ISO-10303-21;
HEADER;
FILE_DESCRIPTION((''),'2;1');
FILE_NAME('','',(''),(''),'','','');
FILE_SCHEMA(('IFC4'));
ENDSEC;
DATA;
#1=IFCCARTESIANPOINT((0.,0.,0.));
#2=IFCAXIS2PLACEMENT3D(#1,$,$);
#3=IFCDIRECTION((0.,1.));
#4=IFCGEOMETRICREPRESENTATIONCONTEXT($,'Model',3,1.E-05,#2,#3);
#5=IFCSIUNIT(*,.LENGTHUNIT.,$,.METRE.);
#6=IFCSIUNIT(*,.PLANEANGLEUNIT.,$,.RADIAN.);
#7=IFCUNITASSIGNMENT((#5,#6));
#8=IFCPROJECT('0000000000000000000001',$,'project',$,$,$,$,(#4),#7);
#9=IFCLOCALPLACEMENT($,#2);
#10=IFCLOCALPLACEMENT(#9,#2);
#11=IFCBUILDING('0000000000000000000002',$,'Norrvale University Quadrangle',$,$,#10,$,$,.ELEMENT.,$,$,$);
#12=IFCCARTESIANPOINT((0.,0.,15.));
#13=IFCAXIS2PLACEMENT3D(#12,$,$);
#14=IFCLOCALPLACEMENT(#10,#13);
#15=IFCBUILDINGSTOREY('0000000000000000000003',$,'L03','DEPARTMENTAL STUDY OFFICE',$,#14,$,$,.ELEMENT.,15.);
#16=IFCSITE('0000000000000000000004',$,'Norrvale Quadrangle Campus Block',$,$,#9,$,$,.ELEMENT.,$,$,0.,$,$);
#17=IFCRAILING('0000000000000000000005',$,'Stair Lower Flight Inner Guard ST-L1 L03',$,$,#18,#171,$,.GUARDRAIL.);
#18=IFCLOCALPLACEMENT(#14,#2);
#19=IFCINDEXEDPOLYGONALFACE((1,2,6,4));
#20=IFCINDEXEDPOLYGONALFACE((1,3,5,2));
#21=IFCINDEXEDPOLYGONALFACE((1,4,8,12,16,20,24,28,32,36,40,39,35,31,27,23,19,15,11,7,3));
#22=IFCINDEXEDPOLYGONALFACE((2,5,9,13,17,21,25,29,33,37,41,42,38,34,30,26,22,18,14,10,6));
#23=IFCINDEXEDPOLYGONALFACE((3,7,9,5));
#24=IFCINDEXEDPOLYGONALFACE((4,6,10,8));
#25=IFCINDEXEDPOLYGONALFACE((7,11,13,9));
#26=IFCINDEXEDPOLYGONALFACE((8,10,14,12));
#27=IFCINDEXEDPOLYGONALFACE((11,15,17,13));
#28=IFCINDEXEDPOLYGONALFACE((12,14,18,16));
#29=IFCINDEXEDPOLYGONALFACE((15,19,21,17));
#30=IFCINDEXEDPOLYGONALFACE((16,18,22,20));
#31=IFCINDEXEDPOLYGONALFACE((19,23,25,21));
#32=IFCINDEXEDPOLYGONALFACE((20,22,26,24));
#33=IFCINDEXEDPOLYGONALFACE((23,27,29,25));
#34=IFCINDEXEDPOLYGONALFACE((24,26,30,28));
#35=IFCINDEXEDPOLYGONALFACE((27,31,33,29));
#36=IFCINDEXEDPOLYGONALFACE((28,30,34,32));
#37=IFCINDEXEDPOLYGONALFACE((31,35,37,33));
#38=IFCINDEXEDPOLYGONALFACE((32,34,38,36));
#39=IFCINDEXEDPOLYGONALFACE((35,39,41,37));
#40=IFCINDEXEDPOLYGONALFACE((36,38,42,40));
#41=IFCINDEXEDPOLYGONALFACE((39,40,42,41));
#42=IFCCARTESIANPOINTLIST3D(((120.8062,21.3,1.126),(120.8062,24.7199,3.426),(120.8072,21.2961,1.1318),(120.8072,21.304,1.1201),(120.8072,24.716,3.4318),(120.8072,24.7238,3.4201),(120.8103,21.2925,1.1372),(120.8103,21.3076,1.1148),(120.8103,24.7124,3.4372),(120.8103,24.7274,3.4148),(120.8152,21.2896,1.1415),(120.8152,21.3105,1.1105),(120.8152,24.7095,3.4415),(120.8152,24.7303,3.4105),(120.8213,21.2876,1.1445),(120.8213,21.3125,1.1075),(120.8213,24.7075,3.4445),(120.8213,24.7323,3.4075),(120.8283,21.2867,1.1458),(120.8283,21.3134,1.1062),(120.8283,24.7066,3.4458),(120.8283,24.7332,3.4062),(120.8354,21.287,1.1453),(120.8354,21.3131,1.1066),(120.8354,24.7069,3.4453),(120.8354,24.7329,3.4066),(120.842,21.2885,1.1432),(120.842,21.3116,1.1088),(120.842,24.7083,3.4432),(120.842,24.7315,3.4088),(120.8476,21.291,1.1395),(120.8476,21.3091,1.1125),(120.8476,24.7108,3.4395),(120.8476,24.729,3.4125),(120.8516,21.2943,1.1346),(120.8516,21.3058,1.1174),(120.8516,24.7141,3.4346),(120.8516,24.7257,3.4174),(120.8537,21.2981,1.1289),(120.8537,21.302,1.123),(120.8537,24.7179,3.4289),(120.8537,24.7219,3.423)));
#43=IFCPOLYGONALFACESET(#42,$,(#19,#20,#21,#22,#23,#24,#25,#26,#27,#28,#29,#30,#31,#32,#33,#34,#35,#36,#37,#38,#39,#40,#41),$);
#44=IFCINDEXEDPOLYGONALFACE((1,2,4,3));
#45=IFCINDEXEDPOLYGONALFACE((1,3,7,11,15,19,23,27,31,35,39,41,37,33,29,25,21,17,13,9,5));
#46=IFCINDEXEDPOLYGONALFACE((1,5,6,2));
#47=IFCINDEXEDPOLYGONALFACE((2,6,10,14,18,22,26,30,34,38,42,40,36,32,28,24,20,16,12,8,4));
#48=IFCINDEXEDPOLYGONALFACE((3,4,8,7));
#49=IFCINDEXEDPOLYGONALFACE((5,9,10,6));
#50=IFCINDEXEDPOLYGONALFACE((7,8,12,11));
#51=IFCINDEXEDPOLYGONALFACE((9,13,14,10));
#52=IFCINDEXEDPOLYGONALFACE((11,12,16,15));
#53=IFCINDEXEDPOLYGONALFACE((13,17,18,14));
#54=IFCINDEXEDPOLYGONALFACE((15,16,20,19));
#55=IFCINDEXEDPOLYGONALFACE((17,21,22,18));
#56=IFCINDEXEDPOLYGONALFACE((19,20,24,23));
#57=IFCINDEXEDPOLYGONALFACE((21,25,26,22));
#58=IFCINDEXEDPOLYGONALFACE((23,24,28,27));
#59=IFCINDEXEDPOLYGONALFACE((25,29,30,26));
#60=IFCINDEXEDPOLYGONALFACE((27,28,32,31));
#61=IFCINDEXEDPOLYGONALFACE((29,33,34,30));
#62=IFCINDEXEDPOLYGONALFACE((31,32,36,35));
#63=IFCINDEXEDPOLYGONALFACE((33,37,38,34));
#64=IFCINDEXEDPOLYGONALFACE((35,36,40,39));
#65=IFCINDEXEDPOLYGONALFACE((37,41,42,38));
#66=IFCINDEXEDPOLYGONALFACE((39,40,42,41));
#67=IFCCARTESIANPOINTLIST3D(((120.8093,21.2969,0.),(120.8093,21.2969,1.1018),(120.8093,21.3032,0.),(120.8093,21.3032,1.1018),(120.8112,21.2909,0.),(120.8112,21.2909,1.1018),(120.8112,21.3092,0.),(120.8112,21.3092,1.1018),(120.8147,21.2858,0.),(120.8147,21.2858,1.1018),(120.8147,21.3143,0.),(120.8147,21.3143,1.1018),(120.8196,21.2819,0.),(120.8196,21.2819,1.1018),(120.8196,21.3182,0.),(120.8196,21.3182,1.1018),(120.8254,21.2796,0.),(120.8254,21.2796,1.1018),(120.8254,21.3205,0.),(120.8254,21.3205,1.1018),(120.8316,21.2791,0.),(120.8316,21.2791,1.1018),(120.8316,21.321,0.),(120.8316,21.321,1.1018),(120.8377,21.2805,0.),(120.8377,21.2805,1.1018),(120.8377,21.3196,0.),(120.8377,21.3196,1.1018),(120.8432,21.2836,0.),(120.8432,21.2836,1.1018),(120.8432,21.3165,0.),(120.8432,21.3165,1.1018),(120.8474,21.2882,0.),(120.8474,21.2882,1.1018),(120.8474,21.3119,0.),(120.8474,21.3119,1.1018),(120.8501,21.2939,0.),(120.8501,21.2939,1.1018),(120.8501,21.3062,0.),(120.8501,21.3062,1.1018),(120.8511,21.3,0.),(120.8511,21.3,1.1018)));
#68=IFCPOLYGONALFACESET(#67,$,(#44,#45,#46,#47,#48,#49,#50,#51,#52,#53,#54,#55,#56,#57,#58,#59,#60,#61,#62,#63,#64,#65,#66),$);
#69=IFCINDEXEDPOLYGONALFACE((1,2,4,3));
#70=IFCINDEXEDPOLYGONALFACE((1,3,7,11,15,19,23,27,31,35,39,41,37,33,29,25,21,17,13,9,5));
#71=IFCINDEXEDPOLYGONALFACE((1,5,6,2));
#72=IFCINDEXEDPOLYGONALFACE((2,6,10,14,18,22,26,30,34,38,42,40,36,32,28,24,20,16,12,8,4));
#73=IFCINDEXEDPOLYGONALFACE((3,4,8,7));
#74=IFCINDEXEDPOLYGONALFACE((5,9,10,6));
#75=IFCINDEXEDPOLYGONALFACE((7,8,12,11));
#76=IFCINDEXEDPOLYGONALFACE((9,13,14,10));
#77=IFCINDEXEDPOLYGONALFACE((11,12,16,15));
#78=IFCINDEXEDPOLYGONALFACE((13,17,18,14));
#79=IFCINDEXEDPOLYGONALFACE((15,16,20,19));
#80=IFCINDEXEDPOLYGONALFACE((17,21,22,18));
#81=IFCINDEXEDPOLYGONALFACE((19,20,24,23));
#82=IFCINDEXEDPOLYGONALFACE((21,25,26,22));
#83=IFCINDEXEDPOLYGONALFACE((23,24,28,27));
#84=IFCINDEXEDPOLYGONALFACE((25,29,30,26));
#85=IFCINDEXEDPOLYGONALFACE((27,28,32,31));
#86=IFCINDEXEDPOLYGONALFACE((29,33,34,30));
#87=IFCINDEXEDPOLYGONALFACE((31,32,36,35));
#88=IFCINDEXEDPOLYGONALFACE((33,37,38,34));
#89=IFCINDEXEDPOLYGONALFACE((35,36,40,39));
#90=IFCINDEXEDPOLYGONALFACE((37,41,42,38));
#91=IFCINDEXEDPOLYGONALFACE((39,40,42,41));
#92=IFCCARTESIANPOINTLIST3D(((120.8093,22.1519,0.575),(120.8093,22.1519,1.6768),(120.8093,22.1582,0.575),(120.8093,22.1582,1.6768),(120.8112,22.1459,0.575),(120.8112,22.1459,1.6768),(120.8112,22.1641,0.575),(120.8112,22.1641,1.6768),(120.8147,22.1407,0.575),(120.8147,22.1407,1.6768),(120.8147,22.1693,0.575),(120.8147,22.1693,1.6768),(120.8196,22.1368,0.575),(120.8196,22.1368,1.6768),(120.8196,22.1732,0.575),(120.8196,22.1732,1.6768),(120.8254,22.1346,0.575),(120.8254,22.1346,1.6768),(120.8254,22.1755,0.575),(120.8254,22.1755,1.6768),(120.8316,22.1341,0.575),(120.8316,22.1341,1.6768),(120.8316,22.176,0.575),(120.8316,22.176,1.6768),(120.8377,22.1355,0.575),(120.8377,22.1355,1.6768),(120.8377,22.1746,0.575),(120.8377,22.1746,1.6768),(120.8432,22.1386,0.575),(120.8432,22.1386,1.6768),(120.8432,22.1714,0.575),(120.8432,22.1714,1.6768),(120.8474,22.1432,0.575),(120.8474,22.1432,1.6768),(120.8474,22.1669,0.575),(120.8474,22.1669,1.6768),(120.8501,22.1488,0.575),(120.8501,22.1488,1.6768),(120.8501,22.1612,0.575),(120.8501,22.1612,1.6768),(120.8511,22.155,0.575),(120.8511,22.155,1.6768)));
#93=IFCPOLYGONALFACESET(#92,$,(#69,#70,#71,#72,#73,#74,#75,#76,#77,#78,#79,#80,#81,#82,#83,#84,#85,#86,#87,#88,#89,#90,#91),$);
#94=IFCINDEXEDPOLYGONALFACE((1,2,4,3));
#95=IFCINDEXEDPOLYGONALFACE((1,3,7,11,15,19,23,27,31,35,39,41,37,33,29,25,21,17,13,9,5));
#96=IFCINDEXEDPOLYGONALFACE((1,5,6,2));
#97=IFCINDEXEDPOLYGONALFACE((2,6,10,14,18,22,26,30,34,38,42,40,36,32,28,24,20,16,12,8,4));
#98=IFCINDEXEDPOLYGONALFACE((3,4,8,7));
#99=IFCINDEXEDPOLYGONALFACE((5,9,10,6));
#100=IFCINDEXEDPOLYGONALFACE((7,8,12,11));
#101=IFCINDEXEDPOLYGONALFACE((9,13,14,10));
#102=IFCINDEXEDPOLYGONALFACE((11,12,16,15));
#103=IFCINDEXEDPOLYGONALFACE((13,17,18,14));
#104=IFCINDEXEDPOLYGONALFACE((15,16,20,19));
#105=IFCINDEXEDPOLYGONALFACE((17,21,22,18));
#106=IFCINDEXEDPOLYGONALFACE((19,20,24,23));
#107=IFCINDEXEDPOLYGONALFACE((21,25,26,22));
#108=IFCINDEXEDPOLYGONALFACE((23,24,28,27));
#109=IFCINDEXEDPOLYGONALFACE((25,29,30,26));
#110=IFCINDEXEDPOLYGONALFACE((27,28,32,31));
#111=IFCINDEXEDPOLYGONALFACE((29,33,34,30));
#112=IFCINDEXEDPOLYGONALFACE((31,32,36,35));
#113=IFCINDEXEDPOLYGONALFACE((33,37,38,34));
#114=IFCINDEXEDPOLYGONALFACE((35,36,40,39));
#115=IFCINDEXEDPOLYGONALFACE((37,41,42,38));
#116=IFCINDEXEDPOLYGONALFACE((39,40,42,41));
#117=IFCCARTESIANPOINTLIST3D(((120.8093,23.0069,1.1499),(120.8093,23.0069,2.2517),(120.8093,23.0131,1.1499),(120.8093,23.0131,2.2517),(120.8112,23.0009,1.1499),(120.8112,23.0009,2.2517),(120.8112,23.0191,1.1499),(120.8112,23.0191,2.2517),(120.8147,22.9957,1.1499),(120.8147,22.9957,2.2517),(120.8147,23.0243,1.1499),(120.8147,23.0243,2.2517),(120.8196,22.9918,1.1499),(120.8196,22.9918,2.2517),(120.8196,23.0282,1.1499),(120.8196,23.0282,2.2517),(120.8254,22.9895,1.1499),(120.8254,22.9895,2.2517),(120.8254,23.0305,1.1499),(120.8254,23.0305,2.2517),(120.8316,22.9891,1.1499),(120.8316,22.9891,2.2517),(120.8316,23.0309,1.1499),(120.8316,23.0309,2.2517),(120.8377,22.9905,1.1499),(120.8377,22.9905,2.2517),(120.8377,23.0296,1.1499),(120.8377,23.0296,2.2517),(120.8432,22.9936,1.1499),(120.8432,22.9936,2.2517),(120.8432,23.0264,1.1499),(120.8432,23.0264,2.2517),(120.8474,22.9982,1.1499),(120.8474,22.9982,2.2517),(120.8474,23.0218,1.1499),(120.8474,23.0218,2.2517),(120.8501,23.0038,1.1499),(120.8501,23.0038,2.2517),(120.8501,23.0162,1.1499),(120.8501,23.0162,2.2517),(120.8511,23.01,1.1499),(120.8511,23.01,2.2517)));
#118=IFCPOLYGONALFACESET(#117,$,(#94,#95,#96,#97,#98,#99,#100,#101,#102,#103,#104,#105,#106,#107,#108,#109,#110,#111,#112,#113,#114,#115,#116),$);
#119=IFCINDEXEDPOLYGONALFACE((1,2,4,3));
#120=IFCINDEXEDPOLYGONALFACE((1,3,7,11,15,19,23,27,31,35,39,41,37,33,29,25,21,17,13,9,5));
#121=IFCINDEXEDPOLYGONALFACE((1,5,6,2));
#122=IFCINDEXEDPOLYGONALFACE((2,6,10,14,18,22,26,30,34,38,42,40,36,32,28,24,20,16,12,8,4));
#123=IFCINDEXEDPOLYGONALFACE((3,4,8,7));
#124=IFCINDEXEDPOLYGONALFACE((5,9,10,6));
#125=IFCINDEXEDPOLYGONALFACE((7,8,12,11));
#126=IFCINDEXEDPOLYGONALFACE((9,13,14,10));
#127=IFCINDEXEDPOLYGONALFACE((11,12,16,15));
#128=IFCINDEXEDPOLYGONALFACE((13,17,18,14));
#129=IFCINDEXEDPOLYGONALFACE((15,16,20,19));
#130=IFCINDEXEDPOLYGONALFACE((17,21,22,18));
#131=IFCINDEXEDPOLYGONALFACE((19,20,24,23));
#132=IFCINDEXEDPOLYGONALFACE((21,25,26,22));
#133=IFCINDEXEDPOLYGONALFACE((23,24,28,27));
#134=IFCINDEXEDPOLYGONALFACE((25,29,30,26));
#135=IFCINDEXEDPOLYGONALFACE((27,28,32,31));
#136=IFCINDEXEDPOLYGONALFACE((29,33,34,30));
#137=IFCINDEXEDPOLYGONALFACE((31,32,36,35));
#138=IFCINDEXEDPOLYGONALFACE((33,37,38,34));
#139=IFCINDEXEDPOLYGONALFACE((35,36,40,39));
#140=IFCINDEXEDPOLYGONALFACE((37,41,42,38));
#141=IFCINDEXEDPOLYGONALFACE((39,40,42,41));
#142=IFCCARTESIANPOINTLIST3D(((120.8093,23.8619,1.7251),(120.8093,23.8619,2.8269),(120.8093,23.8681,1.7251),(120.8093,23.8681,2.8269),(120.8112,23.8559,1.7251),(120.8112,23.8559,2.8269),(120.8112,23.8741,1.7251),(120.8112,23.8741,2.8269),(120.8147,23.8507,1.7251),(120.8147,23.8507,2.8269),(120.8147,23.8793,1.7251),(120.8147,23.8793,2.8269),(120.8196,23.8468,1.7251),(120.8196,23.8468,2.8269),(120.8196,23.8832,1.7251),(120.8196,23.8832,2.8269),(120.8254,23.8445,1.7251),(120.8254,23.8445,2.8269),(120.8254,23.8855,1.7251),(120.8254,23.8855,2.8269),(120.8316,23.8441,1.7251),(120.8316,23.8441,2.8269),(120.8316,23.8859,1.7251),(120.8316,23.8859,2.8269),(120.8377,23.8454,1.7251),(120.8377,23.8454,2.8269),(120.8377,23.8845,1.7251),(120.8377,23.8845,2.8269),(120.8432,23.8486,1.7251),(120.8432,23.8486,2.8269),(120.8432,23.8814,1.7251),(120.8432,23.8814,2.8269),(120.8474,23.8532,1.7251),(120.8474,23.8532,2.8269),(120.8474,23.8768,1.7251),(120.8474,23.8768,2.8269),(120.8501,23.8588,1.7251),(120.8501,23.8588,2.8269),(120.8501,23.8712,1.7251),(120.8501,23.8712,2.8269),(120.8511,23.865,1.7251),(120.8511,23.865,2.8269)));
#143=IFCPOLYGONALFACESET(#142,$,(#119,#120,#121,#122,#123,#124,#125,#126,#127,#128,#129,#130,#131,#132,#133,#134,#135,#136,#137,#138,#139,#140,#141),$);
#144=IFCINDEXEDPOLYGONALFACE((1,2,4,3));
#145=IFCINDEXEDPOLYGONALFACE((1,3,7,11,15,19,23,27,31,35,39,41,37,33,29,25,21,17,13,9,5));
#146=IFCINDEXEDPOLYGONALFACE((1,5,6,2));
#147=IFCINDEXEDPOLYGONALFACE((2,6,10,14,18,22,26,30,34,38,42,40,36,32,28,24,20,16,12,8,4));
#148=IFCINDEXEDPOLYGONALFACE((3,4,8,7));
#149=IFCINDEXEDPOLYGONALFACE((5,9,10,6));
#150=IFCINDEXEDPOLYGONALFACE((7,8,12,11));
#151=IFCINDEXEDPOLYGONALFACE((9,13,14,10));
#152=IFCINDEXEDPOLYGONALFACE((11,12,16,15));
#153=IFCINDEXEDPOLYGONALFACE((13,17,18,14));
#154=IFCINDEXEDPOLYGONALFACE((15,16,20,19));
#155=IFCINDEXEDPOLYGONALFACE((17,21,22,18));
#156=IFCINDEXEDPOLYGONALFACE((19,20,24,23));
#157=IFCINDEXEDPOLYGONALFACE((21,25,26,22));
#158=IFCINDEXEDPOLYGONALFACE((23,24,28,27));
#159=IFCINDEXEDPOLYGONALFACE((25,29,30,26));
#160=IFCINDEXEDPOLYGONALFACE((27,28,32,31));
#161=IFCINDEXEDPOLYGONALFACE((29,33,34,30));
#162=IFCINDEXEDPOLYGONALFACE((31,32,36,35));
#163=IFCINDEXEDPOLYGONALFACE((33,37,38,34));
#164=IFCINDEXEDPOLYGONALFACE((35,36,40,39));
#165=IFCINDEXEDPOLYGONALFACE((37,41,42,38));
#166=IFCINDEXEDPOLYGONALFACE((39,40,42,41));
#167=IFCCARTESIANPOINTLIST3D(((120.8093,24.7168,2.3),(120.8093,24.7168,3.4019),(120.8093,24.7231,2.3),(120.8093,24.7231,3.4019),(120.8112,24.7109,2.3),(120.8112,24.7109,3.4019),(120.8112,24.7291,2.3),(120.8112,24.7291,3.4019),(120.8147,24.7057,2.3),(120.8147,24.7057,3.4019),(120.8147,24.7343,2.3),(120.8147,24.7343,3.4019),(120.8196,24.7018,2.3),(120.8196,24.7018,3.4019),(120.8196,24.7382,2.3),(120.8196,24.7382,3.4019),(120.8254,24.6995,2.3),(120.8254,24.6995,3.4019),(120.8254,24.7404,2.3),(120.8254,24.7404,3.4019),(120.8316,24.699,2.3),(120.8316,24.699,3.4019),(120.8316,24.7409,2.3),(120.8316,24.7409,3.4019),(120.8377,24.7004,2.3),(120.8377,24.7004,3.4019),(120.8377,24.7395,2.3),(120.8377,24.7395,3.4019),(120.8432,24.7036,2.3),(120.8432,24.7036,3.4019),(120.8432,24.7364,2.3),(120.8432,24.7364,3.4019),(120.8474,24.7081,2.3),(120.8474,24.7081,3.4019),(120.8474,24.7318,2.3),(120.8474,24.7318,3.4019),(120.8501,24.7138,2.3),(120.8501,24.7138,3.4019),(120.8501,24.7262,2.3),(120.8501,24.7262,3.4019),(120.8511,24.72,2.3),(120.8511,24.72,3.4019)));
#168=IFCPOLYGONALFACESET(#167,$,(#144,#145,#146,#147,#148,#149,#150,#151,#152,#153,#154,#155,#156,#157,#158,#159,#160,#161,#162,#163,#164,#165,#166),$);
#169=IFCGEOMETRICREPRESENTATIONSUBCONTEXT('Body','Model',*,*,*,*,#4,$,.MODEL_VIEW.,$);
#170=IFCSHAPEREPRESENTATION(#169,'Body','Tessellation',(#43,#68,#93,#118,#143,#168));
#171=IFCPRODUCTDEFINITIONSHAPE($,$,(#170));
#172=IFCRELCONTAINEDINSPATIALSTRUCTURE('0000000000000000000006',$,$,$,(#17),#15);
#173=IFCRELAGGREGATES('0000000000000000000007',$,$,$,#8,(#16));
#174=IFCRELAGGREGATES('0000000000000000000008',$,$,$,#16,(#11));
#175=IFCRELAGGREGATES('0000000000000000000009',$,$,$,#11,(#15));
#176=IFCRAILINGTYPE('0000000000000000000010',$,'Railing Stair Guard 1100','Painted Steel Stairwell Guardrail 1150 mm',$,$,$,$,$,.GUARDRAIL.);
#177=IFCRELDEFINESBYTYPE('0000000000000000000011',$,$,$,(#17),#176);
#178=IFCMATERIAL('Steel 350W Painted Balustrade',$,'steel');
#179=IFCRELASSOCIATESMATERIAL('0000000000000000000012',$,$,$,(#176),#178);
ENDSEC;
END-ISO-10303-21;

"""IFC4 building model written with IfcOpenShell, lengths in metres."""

from ifc_helpers import new_model, si_unit, direction, frame, origin, origin_2d, place, context, subcontext, project, spatial, circle, extrude, material, type_object, element, save


model = new_model("IFC4")

# Units and contexts
model_context = context("Model", 3, precision=1e-05, world=origin(), true_north=direction((0.0, 1.0)))
body_context = subcontext(model_context, "Body", "Model", "MODEL_VIEW")
ifc_project = project(units=[si_unit("LENGTHUNIT", "METRE"), si_unit("PLANEANGLEUNIT", "RADIAN")], contexts=[model_context])

# Site, building, storey
site_placement = place(None, origin())
site = spatial("IfcSite", under=ifc_project, at=site_placement, Name="Norrvale Quadrangle Campus Block", CompositionType="ELEMENT", RefElevation=0.0)
building_placement = place(site_placement, origin())
building = spatial("IfcBuilding", under=site, at=building_placement, Name="Norrvale University Quadrangle", CompositionType="ELEMENT")
storey_placement = place(building_placement, frame((0.0, 0.0, 15.0)))
storey = spatial("IfcBuildingStorey", under=building, at=storey_placement, Name="L03", Description="DEPARTMENTAL STUDY OFFICE", CompositionType="ELEMENT", Elevation=15.0)

# Railing
ifc_material_1 = material(Name="Steel 350W Painted Balustrade", Category="steel")
railing_type_1 = type_object("IfcRailingType", Name="Railing Stair Guard 1100", Description="Painted Steel Stairwell Guardrail 1150 mm", PredefinedType="GUARDRAIL", material=ifc_material_1)
railing_1_placement = place(storey_placement, frame((120.8301, 21.3, 0.0)))
element("IfcRailing", 1, at=railing_1_placement, inside=storey, type_object=railing_type_1, Name="Stair Lower Flight Inner Guard ST-L1 L03", PredefinedType="GUARDRAIL", context=body_context, shape_type="SweptSolid", body=[
    extrude(circle(Radius=0.0239, at=origin_2d()), frame((0.0, 0.0, 1.126), z_axis=(0.0, 0.829792, 0.558072), x_axis=(-1.0, 0.0, 0.0)), (0.0, 0.0, 1.0), 4.1213),
    extrude(circle(Radius=0.021, at=origin_2d()), origin(), (0.0, 0.0, 1.0), 1.1018),
    extrude(circle(Radius=0.021, at=origin_2d()), frame((0.0, 0.855, 0.575)), (0.0, 0.0, 1.0), 1.1018),
    extrude(circle(Radius=0.021, at=origin_2d()), frame((0.0, 1.71, 1.1499)), (0.0, 0.0, 1.0), 1.1018),
    extrude(circle(Radius=0.021, at=origin_2d()), frame((0.0, 2.5649, 1.7251)), (0.0, 0.0, 1.0), 1.1018),
    extrude(circle(Radius=0.021, at=origin_2d()), frame((0.0, 3.4199, 2.3)), (0.0, 0.0, 1.0), 1.1018),
])

save(model, "model.ifc")
